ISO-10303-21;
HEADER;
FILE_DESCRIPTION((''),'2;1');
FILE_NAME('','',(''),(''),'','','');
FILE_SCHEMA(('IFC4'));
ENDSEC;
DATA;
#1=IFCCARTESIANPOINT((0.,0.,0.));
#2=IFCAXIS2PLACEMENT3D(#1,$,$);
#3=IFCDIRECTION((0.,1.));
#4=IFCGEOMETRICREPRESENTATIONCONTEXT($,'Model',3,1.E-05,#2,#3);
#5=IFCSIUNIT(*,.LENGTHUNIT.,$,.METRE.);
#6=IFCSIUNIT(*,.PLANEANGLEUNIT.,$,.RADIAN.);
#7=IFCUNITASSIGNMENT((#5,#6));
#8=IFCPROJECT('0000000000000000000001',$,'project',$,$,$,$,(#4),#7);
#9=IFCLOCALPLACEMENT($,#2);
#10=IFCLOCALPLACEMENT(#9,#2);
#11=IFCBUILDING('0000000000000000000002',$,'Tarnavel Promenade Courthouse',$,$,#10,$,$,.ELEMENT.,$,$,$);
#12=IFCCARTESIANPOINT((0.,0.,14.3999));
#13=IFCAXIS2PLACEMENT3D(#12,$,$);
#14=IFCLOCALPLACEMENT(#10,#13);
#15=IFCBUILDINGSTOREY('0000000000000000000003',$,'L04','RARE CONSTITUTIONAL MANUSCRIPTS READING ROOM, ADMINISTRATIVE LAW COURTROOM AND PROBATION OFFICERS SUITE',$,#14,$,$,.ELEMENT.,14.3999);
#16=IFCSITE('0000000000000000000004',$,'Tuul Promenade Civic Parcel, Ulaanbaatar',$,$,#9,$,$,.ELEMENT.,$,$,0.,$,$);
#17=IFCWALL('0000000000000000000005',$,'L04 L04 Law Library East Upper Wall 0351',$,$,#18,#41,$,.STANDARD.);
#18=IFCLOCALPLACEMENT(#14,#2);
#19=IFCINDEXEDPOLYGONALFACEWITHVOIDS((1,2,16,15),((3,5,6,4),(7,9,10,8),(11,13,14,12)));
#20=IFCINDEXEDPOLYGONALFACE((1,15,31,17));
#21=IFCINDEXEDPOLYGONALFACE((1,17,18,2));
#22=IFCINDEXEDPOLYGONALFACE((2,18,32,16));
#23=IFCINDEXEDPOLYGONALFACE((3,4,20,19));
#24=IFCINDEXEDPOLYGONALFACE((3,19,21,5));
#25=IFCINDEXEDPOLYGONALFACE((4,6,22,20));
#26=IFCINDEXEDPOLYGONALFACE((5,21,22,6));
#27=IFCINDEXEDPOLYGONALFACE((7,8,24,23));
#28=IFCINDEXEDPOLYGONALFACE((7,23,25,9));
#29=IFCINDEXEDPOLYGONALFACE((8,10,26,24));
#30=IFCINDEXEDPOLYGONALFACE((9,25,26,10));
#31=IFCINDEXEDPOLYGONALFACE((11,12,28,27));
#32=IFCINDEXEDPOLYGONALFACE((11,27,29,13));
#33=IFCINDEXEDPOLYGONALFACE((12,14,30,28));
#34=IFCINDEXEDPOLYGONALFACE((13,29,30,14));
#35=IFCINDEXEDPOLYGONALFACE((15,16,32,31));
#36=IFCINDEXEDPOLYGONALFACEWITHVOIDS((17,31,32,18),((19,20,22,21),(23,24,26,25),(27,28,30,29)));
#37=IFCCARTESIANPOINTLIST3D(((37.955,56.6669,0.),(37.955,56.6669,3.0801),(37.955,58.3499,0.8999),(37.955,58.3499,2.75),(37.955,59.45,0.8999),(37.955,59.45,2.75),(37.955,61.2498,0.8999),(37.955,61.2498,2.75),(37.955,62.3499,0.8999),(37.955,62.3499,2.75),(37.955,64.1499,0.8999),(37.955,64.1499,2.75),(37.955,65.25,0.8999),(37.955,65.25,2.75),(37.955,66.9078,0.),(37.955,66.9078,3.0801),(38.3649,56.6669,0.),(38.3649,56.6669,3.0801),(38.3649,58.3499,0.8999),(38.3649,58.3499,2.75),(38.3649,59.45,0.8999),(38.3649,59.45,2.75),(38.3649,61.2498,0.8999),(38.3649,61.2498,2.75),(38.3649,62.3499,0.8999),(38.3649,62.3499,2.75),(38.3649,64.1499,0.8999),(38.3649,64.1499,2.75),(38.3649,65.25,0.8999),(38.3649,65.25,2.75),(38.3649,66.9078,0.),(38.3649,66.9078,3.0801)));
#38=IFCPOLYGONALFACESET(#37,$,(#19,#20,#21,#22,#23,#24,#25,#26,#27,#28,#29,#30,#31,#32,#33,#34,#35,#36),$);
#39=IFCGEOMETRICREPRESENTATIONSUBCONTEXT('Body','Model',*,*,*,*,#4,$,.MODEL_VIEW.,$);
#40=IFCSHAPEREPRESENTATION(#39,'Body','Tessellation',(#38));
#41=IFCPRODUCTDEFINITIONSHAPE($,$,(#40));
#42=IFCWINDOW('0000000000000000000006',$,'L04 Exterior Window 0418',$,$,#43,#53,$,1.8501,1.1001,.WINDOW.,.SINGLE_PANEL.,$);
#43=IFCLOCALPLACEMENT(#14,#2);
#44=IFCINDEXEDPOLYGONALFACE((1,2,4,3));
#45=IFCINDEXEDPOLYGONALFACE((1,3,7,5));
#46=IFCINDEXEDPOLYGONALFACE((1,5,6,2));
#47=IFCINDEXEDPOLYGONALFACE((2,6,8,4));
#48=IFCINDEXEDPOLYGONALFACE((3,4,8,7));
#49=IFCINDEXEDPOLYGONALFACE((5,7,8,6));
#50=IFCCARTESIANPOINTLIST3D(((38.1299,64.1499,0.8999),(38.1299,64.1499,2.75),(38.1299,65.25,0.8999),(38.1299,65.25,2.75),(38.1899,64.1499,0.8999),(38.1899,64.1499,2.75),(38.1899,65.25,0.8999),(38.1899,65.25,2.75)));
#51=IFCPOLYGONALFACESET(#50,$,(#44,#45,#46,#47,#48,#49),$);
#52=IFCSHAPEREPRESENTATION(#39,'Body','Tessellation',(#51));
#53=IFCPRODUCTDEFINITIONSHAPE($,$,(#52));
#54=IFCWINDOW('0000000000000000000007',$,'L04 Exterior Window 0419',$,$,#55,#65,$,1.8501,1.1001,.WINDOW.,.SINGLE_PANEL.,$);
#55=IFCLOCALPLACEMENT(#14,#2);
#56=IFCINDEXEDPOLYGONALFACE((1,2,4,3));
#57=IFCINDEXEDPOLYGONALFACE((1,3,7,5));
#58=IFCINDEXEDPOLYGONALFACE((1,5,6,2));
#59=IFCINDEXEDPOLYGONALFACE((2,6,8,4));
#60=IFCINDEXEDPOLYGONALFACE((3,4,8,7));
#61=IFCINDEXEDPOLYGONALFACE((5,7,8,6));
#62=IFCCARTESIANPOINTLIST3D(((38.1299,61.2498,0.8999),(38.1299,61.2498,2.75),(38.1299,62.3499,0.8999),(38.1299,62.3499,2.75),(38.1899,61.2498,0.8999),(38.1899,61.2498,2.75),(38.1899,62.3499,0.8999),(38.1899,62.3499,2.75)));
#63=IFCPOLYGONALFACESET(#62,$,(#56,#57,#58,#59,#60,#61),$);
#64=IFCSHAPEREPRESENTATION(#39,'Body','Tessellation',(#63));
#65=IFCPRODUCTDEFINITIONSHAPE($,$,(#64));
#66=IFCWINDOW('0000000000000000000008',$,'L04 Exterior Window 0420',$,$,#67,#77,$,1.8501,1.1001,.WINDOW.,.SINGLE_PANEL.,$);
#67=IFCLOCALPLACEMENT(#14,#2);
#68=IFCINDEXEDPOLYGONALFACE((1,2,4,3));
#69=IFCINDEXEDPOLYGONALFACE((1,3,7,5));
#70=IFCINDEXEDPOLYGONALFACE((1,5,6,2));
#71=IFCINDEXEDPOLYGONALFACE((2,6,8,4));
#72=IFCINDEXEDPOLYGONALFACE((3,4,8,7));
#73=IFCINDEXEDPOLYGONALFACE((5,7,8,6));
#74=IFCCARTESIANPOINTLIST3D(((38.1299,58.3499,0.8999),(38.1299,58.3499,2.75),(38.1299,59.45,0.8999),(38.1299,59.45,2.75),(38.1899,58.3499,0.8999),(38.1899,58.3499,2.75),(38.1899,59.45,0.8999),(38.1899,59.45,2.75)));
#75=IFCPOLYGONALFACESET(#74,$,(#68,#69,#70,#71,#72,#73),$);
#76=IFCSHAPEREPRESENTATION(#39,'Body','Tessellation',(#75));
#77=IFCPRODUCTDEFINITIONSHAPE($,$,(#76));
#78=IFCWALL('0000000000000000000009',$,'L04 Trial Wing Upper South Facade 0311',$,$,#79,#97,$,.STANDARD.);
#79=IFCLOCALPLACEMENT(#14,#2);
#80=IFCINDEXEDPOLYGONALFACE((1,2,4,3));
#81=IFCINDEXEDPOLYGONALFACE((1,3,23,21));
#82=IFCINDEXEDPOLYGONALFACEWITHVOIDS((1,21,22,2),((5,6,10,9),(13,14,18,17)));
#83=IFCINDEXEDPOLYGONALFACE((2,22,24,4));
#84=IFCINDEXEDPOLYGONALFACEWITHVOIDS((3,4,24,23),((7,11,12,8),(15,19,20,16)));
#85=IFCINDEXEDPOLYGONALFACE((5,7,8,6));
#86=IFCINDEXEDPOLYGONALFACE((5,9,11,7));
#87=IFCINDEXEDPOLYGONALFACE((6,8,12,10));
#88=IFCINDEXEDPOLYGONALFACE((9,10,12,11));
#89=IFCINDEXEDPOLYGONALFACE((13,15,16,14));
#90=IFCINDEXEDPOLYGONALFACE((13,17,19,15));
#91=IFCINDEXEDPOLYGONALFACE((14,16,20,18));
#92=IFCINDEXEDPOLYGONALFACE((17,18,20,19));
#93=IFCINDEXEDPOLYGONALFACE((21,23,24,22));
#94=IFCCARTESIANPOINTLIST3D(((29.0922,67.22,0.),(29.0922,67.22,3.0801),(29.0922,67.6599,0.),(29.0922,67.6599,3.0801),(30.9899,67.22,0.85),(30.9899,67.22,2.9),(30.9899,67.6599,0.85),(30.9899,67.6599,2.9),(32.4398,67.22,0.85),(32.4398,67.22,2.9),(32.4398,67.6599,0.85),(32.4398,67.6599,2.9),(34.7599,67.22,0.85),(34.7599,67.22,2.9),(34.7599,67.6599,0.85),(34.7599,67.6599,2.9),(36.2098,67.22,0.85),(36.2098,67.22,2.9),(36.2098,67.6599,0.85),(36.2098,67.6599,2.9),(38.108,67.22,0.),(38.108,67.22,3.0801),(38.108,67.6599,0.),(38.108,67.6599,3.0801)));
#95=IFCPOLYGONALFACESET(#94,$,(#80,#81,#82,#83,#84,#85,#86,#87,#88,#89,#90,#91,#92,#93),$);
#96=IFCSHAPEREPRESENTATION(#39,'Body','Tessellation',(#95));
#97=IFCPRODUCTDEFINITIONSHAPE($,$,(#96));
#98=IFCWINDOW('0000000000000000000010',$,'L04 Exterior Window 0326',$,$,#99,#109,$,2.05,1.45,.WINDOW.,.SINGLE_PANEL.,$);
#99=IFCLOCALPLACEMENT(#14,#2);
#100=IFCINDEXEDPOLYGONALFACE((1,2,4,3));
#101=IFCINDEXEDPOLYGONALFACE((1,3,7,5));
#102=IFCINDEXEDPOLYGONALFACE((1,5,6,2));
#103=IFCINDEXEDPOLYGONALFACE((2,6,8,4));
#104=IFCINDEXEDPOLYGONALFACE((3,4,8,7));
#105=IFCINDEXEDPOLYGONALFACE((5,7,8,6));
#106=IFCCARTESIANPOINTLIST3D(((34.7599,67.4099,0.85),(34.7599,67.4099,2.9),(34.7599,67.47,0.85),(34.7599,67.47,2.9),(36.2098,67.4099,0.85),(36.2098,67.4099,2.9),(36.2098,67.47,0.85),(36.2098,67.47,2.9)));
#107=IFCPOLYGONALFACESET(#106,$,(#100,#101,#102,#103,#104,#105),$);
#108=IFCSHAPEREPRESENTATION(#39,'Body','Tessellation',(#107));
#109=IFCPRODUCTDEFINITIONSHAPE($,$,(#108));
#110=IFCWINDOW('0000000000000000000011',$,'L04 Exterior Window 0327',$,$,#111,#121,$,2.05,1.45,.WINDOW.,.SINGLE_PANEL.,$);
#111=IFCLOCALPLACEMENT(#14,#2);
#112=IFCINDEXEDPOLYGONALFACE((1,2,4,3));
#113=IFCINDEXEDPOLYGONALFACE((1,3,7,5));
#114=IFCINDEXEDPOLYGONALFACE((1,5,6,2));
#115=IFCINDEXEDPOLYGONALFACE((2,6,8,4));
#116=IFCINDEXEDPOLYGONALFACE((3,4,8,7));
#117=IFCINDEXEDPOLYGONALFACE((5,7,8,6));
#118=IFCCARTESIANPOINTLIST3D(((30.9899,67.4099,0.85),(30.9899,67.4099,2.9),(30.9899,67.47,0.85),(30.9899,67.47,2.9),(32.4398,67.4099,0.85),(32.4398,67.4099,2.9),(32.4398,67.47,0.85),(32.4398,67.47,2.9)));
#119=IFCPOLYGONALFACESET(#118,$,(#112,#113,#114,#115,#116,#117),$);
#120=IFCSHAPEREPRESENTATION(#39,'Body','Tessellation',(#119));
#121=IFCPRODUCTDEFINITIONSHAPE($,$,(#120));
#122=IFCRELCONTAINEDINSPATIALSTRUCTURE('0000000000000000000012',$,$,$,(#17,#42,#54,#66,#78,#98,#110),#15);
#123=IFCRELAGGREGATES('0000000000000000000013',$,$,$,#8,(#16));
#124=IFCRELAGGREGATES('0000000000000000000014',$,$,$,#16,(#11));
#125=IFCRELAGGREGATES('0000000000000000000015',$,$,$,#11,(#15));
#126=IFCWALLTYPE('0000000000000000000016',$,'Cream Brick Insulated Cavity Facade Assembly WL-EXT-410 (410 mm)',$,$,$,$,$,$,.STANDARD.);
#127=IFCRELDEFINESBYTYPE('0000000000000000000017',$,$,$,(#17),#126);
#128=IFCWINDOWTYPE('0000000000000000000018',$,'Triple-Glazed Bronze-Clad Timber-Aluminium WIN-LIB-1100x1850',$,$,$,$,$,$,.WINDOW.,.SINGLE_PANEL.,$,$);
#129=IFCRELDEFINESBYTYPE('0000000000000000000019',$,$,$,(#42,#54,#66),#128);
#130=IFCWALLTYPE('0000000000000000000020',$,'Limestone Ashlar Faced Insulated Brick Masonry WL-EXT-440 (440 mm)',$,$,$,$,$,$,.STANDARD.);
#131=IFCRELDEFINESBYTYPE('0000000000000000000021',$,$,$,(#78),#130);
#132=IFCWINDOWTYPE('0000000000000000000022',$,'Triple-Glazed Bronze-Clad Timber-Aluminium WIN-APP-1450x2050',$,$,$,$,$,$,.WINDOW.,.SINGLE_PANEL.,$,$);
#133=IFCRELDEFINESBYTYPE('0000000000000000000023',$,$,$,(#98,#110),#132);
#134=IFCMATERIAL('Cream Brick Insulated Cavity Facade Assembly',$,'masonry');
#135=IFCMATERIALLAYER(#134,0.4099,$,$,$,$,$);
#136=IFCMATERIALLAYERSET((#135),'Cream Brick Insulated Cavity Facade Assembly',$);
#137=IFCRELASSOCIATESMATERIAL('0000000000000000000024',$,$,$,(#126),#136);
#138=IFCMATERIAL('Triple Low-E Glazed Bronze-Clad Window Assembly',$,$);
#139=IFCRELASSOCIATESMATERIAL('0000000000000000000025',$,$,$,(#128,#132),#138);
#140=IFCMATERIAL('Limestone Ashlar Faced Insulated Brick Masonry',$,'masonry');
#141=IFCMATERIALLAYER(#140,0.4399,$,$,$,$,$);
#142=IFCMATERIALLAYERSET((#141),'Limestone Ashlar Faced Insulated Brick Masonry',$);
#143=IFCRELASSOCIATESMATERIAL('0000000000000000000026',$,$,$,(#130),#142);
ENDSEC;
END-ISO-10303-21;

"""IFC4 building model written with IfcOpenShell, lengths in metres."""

from ifc_helpers import new_model, si_unit, direction, frame, frame_2d, origin, place, context, subcontext, project, spatial, rectangle, extrude, material, layer, layer_set, type_object, element, fill, save


model = new_model("IFC4")

# Units and contexts
model_context = context("Model", 3, precision=1e-05, world=origin(), true_north=direction((0.0, 1.0)))
body_context = subcontext(model_context, "Body", "Model", "MODEL_VIEW")
ifc_project = project(units=[si_unit("LENGTHUNIT", "METRE"), si_unit("PLANEANGLEUNIT", "RADIAN")], contexts=[model_context])

# Site, building, storey
site_placement = place(None, origin())
site = spatial("IfcSite", under=ifc_project, at=site_placement, Name="Tuul Promenade Civic Parcel, Ulaanbaatar", CompositionType="ELEMENT", RefElevation=0.0)
building_placement = place(site_placement, origin())
building = spatial("IfcBuilding", under=site, at=building_placement, Name="Tarnavel Promenade Courthouse", CompositionType="ELEMENT")
storey_placement = place(building_placement, frame((0.0, 0.0, 14.3999)))
storey = spatial("IfcBuildingStorey", under=building, at=storey_placement, Name="L04", Description="RARE CONSTITUTIONAL MANUSCRIPTS READING ROOM, ADMINISTRATIVE LAW COURTROOM AND PROBATION OFFICERS SUITE", CompositionType="ELEMENT", Elevation=14.3999)

# Walls, openings, windows
ifc_material_1 = material(Name="Cream Brick Insulated Cavity Facade Assembly", Category="masonry")
ifc_layer_1 = layer(ifc_material_1, 0.4099)
ifc_layer_set_1 = layer_set([ifc_layer_1], Name="Cream Brick Insulated Cavity Facade Assembly")
wall_type_1 = type_object("IfcWallType", Name="Cream Brick Insulated Cavity Facade Assembly WL-EXT-410 (410 mm)", PredefinedType="STANDARD", material=ifc_layer_set_1)
wall_1_placement = place(storey_placement, frame((38.1599, 66.908, 0.0), z_axis=(0.0, 0.0, 1.0), x_axis=(0.0, -1.0, 0.0)))
wall_1 = element("IfcWall", 1, at=wall_1_placement, inside=storey, type_object=wall_type_1, Name="L04 L04 Law Library East Upper Wall 0351", PredefinedType="STANDARD", context=body_context, shape_type="SweptSolid", body=[
    extrude(rectangle(XDim=10.241, YDim=0.4099, at=frame_2d((5.1206, 0.0))), origin(), (0.0, 0.0, 1.0), 3.0801),
])
opening_1_placement = place(wall_1_placement, frame((1.658, 0.0, 0.8999)))
opening_1 = element("IfcOpeningElement", 2, at=opening_1_placement, cuts=wall_1, PredefinedType="OPENING", context=body_context, shape_type="SweptSolid", body=[
    extrude(rectangle(XDim=1.1001, YDim=1.8501, at=frame_2d((0.55, 0.925))), frame((0.0, 0.2148, 0.0), z_axis=(0.0, -1.0, 0.0), x_axis=(1.0, 0.0, 0.0)), (0.0, 0.0, 1.0), 0.4299),
])
opening_2_placement = place(wall_1_placement, frame((4.5581, 0.0, 0.8999)))
opening_2 = element("IfcOpeningElement", 3, at=opening_2_placement, cuts=wall_1, PredefinedType="OPENING", context=body_context, shape_type="SweptSolid", body=[
    extrude(rectangle(XDim=1.1001, YDim=1.8501, at=frame_2d((0.55, 0.925))), frame((0.0, 0.2148, 0.0), z_axis=(0.0, -1.0, 0.0), x_axis=(1.0, 0.0, 0.0)), (0.0, 0.0, 1.0), 0.4299),
])
opening_3_placement = place(wall_1_placement, frame((7.458, 0.0, 0.8999)))
opening_3 = element("IfcOpeningElement", 4, at=opening_3_placement, cuts=wall_1, PredefinedType="OPENING", context=body_context, shape_type="SweptSolid", body=[
    extrude(rectangle(XDim=1.1001, YDim=1.8501, at=frame_2d((0.55, 0.925))), frame((0.0, 0.2148, 0.0), z_axis=(0.0, -1.0, 0.0), x_axis=(1.0, 0.0, 0.0)), (0.0, 0.0, 1.0), 0.4299),
])
ifc_material_2 = material(Name="Triple Low-E Glazed Bronze-Clad Window Assembly")
window_type_1 = type_object("IfcWindowType", Name="Triple-Glazed Bronze-Clad Timber-Aluminium WIN-LIB-1100x1850", PartitioningType="SINGLE_PANEL", PredefinedType="WINDOW", material=ifc_material_2)
window_1_placement = place(opening_1_placement, origin())
window_1 = element("IfcWindow", 5, at=window_1_placement, inside=storey, type_object=window_type_1, Name="L04 Exterior Window 0418", OverallHeight=1.8501, OverallWidth=1.1001, PartitioningType="SINGLE_PANEL", PredefinedType="WINDOW", context=body_context, shape_type="SweptSolid", body=[
    extrude(rectangle(XDim=1.1001, YDim=1.8501, at=frame_2d((0.55, 0.925))), frame((0.0, 0.03, 0.0), z_axis=(0.0, -1.0, 0.0), x_axis=(1.0, 0.0, 0.0)), (0.0, 0.0, 1.0), 0.0601),
])
fill(opening_1, window_1)
window_2_placement = place(opening_2_placement, origin())
window_2 = element("IfcWindow", 6, at=window_2_placement, inside=storey, type_object=window_type_1, Name="L04 Exterior Window 0419", OverallHeight=1.8501, OverallWidth=1.1001, PartitioningType="SINGLE_PANEL", PredefinedType="WINDOW", context=body_context, shape_type="SweptSolid", body=[
    extrude(rectangle(XDim=1.1001, YDim=1.8501, at=frame_2d((0.55, 0.925))), frame((0.0, 0.03, 0.0), z_axis=(0.0, -1.0, 0.0), x_axis=(1.0, 0.0, 0.0)), (0.0, 0.0, 1.0), 0.0601),
])
fill(opening_2, window_2)
window_3_placement = place(opening_3_placement, origin())
window_3 = element("IfcWindow", 7, at=window_3_placement, inside=storey, type_object=window_type_1, Name="L04 Exterior Window 0420", OverallHeight=1.8501, OverallWidth=1.1001, PartitioningType="SINGLE_PANEL", PredefinedType="WINDOW", context=body_context, shape_type="SweptSolid", body=[
    extrude(rectangle(XDim=1.1001, YDim=1.8501, at=frame_2d((0.55, 0.925))), frame((0.0, 0.03, 0.0), z_axis=(0.0, -1.0, 0.0), x_axis=(1.0, 0.0, 0.0)), (0.0, 0.0, 1.0), 0.0601),
])
fill(opening_3, window_3)
ifc_material_3 = material(Name="Limestone Ashlar Faced Insulated Brick Masonry", Category="masonry")
ifc_layer_2 = layer(ifc_material_3, 0.4399)
ifc_layer_set_2 = layer_set([ifc_layer_2], Name="Limestone Ashlar Faced Insulated Brick Masonry")
wall_type_2 = type_object("IfcWallType", Name="Limestone Ashlar Faced Insulated Brick Masonry WL-EXT-440 (440 mm)", PredefinedType="STANDARD", material=ifc_layer_set_2)
wall_2_placement = place(storey_placement, frame((38.1079, 67.4399, 0.0), z_axis=(0.0, 0.0, 1.0), x_axis=(-1.0, 0.0, 0.0)))
wall_2 = element("IfcWall", 8, at=wall_2_placement, inside=storey, type_object=wall_type_2, Name="L04 Trial Wing Upper South Facade 0311", PredefinedType="STANDARD", context=body_context, shape_type="SweptSolid", body=[
    extrude(rectangle(XDim=9.0159, YDim=0.4399, at=frame_2d((4.5078, 0.0))), origin(), (0.0, 0.0, 1.0), 3.0801),
])
opening_4_placement = place(wall_2_placement, frame((1.8979, 0.0, 0.8501)))
opening_4 = element("IfcOpeningElement", 9, at=opening_4_placement, cuts=wall_2, PredefinedType="OPENING", context=body_context, shape_type="SweptSolid", body=[
    extrude(rectangle(XDim=1.45, YDim=2.05, at=frame_2d((0.7251, 1.0249))), frame((0.0, 0.23, 0.0), z_axis=(0.0, -1.0, 0.0), x_axis=(1.0, 0.0, 0.0)), (0.0, 0.0, 1.0), 0.46),
])
opening_5_placement = place(wall_2_placement, frame((5.668, 0.0, 0.8501)))
opening_5 = element("IfcOpeningElement", 10, at=opening_5_placement, cuts=wall_2, PredefinedType="OPENING", context=body_context, shape_type="SweptSolid", body=[
    extrude(rectangle(XDim=1.45, YDim=2.05, at=frame_2d((0.7251, 1.0249))), frame((0.0, 0.23, 0.0), z_axis=(0.0, -1.0, 0.0), x_axis=(1.0, 0.0, 0.0)), (0.0, 0.0, 1.0), 0.46),
])
window_type_2 = type_object("IfcWindowType", Name="Triple-Glazed Bronze-Clad Timber-Aluminium WIN-APP-1450x2050", PartitioningType="SINGLE_PANEL", PredefinedType="WINDOW", material=ifc_material_2)
window_4_placement = place(opening_4_placement, origin())
window_4 = element("IfcWindow", 11, at=window_4_placement, inside=storey, type_object=window_type_2, Name="L04 Exterior Window 0326", OverallHeight=2.05, OverallWidth=1.45, PartitioningType="SINGLE_PANEL", PredefinedType="WINDOW", context=body_context, shape_type="SweptSolid", body=[
    extrude(rectangle(XDim=1.45, YDim=2.05, at=frame_2d((0.7251, 1.0249))), frame((0.0, 0.03, 0.0), z_axis=(0.0, -1.0, 0.0), x_axis=(1.0, 0.0, 0.0)), (0.0, 0.0, 1.0), 0.0601),
])
fill(opening_4, window_4)
window_5_placement = place(opening_5_placement, origin())
window_5 = element("IfcWindow", 12, at=window_5_placement, inside=storey, type_object=window_type_2, Name="L04 Exterior Window 0327", OverallHeight=2.05, OverallWidth=1.45, PartitioningType="SINGLE_PANEL", PredefinedType="WINDOW", context=body_context, shape_type="SweptSolid", body=[
    extrude(rectangle(XDim=1.45, YDim=2.05, at=frame_2d((0.7251, 1.0249))), frame((0.0, 0.03, 0.0), z_axis=(0.0, -1.0, 0.0), x_axis=(1.0, 0.0, 0.0)), (0.0, 0.0, 1.0), 0.0601),
])
fill(opening_5, window_5)

save(model, "model.ifc")
